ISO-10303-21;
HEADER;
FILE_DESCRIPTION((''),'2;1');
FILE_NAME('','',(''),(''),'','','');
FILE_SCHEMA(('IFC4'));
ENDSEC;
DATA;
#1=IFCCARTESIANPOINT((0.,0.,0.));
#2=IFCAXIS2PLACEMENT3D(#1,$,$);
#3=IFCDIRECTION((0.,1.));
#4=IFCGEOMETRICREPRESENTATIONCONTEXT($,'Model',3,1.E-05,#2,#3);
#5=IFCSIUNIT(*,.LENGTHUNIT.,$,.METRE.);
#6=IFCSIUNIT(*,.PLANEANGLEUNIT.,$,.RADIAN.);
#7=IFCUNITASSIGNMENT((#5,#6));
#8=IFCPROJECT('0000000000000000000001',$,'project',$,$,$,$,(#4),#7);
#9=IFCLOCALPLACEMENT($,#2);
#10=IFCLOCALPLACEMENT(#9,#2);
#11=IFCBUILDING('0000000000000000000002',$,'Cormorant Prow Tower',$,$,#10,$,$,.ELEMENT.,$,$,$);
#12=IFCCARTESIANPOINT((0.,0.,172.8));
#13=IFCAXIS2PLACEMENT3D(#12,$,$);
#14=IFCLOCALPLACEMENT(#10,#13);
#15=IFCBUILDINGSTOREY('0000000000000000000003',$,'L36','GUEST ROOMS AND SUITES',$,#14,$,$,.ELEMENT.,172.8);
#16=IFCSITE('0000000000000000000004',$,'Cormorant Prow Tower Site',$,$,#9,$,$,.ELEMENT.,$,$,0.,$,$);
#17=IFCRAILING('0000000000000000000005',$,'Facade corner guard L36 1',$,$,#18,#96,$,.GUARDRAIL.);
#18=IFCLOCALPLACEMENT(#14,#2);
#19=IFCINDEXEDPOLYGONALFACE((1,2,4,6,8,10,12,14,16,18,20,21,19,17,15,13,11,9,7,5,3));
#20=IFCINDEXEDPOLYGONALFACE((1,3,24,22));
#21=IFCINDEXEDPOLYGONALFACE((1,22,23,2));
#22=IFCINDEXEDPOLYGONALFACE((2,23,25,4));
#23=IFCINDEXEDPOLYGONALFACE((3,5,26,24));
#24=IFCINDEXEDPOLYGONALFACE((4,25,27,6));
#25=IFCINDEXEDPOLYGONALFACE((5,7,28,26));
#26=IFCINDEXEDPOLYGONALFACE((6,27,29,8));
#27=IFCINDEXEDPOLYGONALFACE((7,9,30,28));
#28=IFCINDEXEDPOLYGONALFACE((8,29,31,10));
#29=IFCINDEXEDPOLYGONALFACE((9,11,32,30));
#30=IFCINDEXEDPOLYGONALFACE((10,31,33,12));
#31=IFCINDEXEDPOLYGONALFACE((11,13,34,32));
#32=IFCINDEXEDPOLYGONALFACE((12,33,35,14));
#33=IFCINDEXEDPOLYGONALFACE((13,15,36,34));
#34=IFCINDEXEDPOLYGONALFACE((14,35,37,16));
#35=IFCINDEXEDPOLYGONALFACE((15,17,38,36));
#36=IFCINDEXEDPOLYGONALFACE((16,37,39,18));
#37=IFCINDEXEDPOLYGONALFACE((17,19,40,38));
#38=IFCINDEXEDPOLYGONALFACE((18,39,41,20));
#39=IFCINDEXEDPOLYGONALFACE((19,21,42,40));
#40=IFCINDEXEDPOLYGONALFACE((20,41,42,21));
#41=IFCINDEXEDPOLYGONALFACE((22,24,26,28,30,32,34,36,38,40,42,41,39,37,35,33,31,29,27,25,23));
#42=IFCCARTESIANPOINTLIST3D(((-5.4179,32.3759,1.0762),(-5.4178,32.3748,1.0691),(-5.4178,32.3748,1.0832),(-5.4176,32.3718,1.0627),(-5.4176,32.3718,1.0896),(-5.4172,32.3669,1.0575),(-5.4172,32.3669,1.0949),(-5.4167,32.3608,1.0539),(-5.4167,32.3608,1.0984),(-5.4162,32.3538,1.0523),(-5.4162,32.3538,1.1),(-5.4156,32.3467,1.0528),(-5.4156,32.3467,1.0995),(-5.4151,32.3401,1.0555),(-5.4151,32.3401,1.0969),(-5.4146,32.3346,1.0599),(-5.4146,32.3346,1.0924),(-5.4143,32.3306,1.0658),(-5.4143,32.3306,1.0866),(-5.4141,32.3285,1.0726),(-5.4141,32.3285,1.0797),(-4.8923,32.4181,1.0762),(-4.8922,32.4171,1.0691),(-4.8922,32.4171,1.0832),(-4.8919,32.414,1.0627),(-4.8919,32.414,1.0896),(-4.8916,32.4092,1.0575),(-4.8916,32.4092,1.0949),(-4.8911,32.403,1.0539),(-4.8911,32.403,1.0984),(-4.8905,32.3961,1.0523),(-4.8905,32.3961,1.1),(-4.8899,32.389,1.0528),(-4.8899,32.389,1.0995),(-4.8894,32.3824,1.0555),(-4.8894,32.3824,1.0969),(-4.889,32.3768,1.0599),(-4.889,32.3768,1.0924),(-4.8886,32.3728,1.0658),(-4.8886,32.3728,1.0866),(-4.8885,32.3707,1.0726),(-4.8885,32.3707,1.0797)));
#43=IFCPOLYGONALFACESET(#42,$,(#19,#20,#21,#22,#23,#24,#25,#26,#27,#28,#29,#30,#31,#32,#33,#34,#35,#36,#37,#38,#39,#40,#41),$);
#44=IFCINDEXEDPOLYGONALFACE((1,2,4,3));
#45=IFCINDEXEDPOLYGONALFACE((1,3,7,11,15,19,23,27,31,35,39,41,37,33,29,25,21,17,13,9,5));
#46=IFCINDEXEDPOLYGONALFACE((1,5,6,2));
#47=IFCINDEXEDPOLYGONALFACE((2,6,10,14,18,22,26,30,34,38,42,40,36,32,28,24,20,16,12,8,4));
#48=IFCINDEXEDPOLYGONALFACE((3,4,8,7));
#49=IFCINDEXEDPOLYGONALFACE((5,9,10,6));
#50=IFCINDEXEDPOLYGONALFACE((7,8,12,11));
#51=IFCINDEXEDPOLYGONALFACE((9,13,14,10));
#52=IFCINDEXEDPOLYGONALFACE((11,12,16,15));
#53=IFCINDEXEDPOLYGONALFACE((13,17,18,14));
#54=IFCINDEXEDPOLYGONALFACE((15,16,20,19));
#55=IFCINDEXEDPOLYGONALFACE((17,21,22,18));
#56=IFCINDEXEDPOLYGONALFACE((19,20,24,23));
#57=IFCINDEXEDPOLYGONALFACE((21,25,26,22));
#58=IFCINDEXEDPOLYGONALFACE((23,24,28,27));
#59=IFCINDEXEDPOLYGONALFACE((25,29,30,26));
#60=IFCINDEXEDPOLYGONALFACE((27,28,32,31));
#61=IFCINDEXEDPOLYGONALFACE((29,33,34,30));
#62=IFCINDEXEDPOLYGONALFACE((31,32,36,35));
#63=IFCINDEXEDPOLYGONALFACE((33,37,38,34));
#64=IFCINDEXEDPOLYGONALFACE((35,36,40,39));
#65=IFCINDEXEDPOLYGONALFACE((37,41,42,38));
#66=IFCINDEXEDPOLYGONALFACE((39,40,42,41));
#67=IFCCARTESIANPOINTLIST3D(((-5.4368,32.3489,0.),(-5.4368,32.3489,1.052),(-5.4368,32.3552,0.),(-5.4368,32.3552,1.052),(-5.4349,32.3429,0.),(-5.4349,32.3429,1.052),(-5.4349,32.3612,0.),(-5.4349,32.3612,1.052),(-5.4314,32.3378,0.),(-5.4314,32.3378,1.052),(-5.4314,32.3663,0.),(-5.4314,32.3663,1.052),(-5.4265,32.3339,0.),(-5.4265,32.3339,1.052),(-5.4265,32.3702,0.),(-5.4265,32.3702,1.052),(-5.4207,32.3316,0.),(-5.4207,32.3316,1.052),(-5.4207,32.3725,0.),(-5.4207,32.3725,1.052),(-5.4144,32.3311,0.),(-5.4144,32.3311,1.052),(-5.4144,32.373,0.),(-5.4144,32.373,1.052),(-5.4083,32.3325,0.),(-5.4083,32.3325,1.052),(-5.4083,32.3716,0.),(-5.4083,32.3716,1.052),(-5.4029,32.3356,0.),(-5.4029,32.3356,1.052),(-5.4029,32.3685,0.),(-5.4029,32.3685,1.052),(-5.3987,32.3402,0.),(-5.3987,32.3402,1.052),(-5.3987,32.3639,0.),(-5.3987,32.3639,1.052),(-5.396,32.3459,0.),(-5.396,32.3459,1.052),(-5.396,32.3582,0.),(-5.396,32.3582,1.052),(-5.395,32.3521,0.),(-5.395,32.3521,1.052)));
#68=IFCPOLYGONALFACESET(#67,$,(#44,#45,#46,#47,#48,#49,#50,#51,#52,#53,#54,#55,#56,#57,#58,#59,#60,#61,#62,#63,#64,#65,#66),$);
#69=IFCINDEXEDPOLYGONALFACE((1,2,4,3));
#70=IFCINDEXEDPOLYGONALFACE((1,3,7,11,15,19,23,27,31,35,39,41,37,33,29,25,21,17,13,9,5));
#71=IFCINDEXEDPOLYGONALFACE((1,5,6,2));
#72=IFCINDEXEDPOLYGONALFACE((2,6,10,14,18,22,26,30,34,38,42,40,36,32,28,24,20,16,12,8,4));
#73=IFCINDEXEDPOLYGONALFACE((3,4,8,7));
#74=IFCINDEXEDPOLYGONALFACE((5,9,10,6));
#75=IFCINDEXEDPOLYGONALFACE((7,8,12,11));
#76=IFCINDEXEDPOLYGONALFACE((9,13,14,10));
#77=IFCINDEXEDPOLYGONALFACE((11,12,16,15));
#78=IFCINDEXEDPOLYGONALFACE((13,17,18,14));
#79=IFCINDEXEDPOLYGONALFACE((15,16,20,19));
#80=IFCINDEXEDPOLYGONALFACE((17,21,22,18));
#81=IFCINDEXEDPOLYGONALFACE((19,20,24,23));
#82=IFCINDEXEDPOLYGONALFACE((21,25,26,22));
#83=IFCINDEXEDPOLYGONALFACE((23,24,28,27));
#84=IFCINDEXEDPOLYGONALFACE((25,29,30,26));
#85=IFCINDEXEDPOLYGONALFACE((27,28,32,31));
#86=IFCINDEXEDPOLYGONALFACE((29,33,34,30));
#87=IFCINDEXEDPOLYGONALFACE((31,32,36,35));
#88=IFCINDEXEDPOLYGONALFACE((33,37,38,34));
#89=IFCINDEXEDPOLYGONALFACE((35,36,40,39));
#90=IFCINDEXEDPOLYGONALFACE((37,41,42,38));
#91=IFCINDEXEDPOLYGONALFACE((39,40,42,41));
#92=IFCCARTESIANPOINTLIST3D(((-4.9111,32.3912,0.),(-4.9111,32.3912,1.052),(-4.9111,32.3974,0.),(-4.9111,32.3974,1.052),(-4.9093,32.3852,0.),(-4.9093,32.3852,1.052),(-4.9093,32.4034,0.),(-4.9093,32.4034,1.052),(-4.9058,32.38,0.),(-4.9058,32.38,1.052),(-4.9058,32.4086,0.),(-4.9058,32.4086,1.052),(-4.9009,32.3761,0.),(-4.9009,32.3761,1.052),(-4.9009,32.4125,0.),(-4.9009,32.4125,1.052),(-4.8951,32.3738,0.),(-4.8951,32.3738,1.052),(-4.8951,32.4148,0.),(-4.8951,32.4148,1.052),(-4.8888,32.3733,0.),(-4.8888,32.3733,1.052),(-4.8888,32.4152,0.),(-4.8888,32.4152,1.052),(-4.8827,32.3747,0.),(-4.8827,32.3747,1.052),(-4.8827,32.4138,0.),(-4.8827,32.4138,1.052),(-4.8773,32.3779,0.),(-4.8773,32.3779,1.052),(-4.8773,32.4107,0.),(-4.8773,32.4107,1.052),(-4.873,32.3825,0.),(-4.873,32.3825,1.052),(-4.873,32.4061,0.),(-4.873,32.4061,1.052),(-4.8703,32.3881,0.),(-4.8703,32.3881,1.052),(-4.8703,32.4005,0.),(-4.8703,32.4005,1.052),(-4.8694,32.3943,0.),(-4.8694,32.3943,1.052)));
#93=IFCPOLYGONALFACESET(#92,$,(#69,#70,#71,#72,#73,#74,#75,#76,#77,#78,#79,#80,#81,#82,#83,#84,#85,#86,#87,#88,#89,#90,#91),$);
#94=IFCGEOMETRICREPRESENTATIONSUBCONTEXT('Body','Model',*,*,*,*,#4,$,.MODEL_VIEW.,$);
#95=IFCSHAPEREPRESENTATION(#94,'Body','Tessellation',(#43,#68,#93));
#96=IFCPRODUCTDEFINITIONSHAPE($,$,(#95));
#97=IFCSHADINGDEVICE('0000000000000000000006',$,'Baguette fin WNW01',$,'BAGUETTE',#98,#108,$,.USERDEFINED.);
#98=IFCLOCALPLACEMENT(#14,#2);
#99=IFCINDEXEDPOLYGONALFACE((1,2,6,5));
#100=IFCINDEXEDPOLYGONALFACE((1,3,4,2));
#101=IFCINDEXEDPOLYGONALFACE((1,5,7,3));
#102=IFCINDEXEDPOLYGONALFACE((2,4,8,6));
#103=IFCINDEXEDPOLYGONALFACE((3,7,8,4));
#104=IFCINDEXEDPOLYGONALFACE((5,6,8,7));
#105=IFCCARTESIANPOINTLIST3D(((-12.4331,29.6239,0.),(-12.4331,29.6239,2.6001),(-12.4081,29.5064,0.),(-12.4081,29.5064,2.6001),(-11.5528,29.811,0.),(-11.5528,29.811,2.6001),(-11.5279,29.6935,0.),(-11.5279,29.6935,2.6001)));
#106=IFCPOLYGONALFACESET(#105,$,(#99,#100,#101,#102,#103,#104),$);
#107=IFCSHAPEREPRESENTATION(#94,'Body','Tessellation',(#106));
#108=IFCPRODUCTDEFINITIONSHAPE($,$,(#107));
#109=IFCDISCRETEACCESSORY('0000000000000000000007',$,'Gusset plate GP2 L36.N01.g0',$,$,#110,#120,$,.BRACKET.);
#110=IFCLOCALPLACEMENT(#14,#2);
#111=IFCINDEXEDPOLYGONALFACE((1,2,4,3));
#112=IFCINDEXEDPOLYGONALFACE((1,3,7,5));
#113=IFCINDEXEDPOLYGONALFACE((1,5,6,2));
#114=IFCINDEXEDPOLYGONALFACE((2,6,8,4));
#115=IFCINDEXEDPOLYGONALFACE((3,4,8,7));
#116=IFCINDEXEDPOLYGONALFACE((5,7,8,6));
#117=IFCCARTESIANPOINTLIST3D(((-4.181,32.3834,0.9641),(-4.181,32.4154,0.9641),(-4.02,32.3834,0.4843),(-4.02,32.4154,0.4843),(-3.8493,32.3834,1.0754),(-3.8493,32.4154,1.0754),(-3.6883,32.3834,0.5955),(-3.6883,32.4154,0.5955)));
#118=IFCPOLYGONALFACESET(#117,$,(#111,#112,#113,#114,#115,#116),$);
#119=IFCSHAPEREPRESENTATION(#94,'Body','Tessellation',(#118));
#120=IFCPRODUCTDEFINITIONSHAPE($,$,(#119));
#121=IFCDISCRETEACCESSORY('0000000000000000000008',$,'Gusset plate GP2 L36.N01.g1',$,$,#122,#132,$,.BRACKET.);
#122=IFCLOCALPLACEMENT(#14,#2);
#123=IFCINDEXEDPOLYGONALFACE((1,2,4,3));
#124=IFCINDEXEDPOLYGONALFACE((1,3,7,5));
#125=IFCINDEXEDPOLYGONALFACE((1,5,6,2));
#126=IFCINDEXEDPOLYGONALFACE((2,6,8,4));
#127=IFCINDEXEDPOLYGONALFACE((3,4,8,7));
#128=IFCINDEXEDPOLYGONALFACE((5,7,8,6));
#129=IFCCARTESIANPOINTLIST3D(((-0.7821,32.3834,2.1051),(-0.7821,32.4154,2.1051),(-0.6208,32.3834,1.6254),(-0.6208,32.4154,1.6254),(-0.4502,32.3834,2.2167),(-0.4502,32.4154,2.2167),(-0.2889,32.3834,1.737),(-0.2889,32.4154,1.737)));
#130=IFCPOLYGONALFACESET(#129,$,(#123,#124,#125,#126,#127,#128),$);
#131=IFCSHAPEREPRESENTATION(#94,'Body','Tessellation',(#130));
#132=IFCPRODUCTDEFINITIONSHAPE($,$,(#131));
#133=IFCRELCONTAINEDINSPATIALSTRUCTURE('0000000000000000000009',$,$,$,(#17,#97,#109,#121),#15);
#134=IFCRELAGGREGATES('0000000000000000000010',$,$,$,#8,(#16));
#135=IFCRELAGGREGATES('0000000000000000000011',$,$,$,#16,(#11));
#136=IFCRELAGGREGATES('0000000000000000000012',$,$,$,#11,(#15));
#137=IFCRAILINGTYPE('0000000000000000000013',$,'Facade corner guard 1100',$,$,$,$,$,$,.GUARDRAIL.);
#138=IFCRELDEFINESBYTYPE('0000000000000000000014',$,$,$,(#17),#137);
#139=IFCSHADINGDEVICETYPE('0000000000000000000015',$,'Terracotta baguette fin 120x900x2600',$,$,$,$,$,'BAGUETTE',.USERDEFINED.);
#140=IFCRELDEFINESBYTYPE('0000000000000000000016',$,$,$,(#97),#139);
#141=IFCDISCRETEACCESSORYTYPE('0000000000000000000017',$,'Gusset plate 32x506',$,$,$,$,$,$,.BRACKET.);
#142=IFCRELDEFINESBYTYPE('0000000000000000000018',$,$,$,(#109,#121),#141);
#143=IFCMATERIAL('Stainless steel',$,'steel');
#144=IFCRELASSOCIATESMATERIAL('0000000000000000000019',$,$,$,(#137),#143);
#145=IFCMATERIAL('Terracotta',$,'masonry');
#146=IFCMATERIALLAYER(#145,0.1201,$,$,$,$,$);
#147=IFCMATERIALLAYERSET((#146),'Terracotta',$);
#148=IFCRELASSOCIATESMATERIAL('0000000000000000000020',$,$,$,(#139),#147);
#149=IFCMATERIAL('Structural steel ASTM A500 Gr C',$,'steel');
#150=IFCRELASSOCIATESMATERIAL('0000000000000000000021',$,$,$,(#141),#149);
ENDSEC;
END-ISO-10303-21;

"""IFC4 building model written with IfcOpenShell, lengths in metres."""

from ifc_helpers import new_model, si_unit, direction, frame, origin, origin_2d, place, context, subcontext, project, spatial, rectangle, circle, extrude, material, layer, layer_set, material_profile, profile_set, type_object, element, save


model = new_model("IFC4")

# Units and contexts
model_context = context("Model", 3, precision=1e-05, world=origin(), true_north=direction((0.0, 1.0)))
body_context = subcontext(model_context, "Body", "Model", "MODEL_VIEW")
ifc_project = project(units=[si_unit("LENGTHUNIT", "METRE"), si_unit("PLANEANGLEUNIT", "RADIAN")], contexts=[model_context])

# Site, building, storey
site_placement = place(None, origin())
site = spatial("IfcSite", under=ifc_project, at=site_placement, Name="Cormorant Prow Tower Site", CompositionType="ELEMENT", RefElevation=0.0)
building_placement = place(site_placement, origin())
building = spatial("IfcBuilding", under=site, at=building_placement, Name="Cormorant Prow Tower", CompositionType="ELEMENT")
storey_placement = place(building_placement, frame((0.0, 0.0, 172.8)))
storey = spatial("IfcBuildingStorey", under=building, at=storey_placement, Name="L36", Description="GUEST ROOMS AND SUITES", CompositionType="ELEMENT", Elevation=172.8)

# Railing
ifc_material_1 = material(Name="Stainless steel", Category="steel")
railing_type_1 = type_object("IfcRailingType", Name="Facade corner guard 1100", PredefinedType="GUARDRAIL", material=ifc_material_1)
railing_1_placement = place(storey_placement, frame((-5.416, 32.3521, 0.0)))
element("IfcRailing", 1, at=railing_1_placement, inside=storey, type_object=railing_type_1, Name="Facade corner guard L36 1", PredefinedType="GUARDRAIL", context=body_context, shape_type="SweptSolid", body=[
    extrude(circle(Radius=0.0239, at=origin_2d()), frame((0.0, 0.0, 1.0762), z_axis=(0.996787, 0.080095, 0.0), x_axis=(-0.080095, 0.996787, 0.0)), (0.0, 0.0, 1.0), 0.5273),
    extrude(circle(Radius=0.021, at=origin_2d()), origin(), (0.0, 0.0, 1.0), 1.052),
    extrude(circle(Radius=0.021, at=origin_2d()), frame((0.5256, 0.0422, 0.0)), (0.0, 0.0, 1.0), 1.052),
])

# Shading device
ifc_material_2 = material(Name="Terracotta", Category="masonry")
ifc_layer_1 = layer(ifc_material_2, 0.1201)
ifc_layer_set_1 = layer_set([ifc_layer_1], Name="Terracotta")
shading_device_type = type_object("IfcShadingDeviceType", Name="Terracotta baguette fin 120x900x2600", ElementType="BAGUETTE", PredefinedType="USERDEFINED", material=ifc_layer_set_1)
shading_device_placement = place(storey_placement, frame((-11.9805, 29.6587, 0.0), z_axis=(0.0, 0.0, 1.0), x_axis=(0.207912, -0.978148, 0.0)))
element("IfcShadingDevice", 2, at=shading_device_placement, inside=storey, type_object=shading_device_type, Name="Baguette fin WNW01", ObjectType="BAGUETTE", PredefinedType="USERDEFINED", context=body_context, shape_type="SweptSolid", body=[
    extrude(rectangle(XDim=0.1201, YDim=0.8999, at=origin_2d()), origin(), (0.0, 0.0, 1.0), 2.6001),
])

# Discrete accessories
ifc_material_3 = material(Name="Structural steel ASTM A500 Gr C", Category="steel")
ifc_material_profile_1 = material_profile(ifc_material_3, rectangle(XDim=0.032, YDim=0.5061, at=origin_2d()), Name="Gusset plate 32x506")
ifc_profile_set_1 = profile_set([ifc_material_profile_1], Name="Structural steel ASTM A500 Gr C")
discrete_accessory_type = type_object("IfcDiscreteAccessoryType", Name="Gusset plate 32x506", PredefinedType="BRACKET", material=ifc_profile_set_1)
discrete_accessory_1_placement = place(storey_placement, frame((-3.7688, 32.3994, 0.8354), z_axis=(-0.948054, 0.0, -0.318111), x_axis=(0.0, -1.0, 0.0)))
element("IfcDiscreteAccessory", 3, at=discrete_accessory_1_placement, inside=storey, type_object=discrete_accessory_type, Name="Gusset plate GP2 L36.N01.g0", PredefinedType="BRACKET", context=body_context, shape_type="SweptSolid", body=[
    extrude(rectangle(XDim=0.032, YDim=0.5061, at=origin_2d()), origin(), (0.0, 0.0, 1.0), 0.3499),
])
discrete_accessory_2_placement = place(storey_placement, frame((-0.7014, 32.3994, 1.8652), z_axis=(0.947843, 0.0, 0.318738), x_axis=(0.0, 1.0, 0.0)))
element("IfcDiscreteAccessory", 4, at=discrete_accessory_2_placement, inside=storey, type_object=discrete_accessory_type, Name="Gusset plate GP2 L36.N01.g1", PredefinedType="BRACKET", context=body_context, shape_type="SweptSolid", body=[
    extrude(rectangle(XDim=0.032, YDim=0.5061, at=origin_2d()), origin(), (0.0, 0.0, 1.0), 0.3501),
])

save(model, "model.ifc")
